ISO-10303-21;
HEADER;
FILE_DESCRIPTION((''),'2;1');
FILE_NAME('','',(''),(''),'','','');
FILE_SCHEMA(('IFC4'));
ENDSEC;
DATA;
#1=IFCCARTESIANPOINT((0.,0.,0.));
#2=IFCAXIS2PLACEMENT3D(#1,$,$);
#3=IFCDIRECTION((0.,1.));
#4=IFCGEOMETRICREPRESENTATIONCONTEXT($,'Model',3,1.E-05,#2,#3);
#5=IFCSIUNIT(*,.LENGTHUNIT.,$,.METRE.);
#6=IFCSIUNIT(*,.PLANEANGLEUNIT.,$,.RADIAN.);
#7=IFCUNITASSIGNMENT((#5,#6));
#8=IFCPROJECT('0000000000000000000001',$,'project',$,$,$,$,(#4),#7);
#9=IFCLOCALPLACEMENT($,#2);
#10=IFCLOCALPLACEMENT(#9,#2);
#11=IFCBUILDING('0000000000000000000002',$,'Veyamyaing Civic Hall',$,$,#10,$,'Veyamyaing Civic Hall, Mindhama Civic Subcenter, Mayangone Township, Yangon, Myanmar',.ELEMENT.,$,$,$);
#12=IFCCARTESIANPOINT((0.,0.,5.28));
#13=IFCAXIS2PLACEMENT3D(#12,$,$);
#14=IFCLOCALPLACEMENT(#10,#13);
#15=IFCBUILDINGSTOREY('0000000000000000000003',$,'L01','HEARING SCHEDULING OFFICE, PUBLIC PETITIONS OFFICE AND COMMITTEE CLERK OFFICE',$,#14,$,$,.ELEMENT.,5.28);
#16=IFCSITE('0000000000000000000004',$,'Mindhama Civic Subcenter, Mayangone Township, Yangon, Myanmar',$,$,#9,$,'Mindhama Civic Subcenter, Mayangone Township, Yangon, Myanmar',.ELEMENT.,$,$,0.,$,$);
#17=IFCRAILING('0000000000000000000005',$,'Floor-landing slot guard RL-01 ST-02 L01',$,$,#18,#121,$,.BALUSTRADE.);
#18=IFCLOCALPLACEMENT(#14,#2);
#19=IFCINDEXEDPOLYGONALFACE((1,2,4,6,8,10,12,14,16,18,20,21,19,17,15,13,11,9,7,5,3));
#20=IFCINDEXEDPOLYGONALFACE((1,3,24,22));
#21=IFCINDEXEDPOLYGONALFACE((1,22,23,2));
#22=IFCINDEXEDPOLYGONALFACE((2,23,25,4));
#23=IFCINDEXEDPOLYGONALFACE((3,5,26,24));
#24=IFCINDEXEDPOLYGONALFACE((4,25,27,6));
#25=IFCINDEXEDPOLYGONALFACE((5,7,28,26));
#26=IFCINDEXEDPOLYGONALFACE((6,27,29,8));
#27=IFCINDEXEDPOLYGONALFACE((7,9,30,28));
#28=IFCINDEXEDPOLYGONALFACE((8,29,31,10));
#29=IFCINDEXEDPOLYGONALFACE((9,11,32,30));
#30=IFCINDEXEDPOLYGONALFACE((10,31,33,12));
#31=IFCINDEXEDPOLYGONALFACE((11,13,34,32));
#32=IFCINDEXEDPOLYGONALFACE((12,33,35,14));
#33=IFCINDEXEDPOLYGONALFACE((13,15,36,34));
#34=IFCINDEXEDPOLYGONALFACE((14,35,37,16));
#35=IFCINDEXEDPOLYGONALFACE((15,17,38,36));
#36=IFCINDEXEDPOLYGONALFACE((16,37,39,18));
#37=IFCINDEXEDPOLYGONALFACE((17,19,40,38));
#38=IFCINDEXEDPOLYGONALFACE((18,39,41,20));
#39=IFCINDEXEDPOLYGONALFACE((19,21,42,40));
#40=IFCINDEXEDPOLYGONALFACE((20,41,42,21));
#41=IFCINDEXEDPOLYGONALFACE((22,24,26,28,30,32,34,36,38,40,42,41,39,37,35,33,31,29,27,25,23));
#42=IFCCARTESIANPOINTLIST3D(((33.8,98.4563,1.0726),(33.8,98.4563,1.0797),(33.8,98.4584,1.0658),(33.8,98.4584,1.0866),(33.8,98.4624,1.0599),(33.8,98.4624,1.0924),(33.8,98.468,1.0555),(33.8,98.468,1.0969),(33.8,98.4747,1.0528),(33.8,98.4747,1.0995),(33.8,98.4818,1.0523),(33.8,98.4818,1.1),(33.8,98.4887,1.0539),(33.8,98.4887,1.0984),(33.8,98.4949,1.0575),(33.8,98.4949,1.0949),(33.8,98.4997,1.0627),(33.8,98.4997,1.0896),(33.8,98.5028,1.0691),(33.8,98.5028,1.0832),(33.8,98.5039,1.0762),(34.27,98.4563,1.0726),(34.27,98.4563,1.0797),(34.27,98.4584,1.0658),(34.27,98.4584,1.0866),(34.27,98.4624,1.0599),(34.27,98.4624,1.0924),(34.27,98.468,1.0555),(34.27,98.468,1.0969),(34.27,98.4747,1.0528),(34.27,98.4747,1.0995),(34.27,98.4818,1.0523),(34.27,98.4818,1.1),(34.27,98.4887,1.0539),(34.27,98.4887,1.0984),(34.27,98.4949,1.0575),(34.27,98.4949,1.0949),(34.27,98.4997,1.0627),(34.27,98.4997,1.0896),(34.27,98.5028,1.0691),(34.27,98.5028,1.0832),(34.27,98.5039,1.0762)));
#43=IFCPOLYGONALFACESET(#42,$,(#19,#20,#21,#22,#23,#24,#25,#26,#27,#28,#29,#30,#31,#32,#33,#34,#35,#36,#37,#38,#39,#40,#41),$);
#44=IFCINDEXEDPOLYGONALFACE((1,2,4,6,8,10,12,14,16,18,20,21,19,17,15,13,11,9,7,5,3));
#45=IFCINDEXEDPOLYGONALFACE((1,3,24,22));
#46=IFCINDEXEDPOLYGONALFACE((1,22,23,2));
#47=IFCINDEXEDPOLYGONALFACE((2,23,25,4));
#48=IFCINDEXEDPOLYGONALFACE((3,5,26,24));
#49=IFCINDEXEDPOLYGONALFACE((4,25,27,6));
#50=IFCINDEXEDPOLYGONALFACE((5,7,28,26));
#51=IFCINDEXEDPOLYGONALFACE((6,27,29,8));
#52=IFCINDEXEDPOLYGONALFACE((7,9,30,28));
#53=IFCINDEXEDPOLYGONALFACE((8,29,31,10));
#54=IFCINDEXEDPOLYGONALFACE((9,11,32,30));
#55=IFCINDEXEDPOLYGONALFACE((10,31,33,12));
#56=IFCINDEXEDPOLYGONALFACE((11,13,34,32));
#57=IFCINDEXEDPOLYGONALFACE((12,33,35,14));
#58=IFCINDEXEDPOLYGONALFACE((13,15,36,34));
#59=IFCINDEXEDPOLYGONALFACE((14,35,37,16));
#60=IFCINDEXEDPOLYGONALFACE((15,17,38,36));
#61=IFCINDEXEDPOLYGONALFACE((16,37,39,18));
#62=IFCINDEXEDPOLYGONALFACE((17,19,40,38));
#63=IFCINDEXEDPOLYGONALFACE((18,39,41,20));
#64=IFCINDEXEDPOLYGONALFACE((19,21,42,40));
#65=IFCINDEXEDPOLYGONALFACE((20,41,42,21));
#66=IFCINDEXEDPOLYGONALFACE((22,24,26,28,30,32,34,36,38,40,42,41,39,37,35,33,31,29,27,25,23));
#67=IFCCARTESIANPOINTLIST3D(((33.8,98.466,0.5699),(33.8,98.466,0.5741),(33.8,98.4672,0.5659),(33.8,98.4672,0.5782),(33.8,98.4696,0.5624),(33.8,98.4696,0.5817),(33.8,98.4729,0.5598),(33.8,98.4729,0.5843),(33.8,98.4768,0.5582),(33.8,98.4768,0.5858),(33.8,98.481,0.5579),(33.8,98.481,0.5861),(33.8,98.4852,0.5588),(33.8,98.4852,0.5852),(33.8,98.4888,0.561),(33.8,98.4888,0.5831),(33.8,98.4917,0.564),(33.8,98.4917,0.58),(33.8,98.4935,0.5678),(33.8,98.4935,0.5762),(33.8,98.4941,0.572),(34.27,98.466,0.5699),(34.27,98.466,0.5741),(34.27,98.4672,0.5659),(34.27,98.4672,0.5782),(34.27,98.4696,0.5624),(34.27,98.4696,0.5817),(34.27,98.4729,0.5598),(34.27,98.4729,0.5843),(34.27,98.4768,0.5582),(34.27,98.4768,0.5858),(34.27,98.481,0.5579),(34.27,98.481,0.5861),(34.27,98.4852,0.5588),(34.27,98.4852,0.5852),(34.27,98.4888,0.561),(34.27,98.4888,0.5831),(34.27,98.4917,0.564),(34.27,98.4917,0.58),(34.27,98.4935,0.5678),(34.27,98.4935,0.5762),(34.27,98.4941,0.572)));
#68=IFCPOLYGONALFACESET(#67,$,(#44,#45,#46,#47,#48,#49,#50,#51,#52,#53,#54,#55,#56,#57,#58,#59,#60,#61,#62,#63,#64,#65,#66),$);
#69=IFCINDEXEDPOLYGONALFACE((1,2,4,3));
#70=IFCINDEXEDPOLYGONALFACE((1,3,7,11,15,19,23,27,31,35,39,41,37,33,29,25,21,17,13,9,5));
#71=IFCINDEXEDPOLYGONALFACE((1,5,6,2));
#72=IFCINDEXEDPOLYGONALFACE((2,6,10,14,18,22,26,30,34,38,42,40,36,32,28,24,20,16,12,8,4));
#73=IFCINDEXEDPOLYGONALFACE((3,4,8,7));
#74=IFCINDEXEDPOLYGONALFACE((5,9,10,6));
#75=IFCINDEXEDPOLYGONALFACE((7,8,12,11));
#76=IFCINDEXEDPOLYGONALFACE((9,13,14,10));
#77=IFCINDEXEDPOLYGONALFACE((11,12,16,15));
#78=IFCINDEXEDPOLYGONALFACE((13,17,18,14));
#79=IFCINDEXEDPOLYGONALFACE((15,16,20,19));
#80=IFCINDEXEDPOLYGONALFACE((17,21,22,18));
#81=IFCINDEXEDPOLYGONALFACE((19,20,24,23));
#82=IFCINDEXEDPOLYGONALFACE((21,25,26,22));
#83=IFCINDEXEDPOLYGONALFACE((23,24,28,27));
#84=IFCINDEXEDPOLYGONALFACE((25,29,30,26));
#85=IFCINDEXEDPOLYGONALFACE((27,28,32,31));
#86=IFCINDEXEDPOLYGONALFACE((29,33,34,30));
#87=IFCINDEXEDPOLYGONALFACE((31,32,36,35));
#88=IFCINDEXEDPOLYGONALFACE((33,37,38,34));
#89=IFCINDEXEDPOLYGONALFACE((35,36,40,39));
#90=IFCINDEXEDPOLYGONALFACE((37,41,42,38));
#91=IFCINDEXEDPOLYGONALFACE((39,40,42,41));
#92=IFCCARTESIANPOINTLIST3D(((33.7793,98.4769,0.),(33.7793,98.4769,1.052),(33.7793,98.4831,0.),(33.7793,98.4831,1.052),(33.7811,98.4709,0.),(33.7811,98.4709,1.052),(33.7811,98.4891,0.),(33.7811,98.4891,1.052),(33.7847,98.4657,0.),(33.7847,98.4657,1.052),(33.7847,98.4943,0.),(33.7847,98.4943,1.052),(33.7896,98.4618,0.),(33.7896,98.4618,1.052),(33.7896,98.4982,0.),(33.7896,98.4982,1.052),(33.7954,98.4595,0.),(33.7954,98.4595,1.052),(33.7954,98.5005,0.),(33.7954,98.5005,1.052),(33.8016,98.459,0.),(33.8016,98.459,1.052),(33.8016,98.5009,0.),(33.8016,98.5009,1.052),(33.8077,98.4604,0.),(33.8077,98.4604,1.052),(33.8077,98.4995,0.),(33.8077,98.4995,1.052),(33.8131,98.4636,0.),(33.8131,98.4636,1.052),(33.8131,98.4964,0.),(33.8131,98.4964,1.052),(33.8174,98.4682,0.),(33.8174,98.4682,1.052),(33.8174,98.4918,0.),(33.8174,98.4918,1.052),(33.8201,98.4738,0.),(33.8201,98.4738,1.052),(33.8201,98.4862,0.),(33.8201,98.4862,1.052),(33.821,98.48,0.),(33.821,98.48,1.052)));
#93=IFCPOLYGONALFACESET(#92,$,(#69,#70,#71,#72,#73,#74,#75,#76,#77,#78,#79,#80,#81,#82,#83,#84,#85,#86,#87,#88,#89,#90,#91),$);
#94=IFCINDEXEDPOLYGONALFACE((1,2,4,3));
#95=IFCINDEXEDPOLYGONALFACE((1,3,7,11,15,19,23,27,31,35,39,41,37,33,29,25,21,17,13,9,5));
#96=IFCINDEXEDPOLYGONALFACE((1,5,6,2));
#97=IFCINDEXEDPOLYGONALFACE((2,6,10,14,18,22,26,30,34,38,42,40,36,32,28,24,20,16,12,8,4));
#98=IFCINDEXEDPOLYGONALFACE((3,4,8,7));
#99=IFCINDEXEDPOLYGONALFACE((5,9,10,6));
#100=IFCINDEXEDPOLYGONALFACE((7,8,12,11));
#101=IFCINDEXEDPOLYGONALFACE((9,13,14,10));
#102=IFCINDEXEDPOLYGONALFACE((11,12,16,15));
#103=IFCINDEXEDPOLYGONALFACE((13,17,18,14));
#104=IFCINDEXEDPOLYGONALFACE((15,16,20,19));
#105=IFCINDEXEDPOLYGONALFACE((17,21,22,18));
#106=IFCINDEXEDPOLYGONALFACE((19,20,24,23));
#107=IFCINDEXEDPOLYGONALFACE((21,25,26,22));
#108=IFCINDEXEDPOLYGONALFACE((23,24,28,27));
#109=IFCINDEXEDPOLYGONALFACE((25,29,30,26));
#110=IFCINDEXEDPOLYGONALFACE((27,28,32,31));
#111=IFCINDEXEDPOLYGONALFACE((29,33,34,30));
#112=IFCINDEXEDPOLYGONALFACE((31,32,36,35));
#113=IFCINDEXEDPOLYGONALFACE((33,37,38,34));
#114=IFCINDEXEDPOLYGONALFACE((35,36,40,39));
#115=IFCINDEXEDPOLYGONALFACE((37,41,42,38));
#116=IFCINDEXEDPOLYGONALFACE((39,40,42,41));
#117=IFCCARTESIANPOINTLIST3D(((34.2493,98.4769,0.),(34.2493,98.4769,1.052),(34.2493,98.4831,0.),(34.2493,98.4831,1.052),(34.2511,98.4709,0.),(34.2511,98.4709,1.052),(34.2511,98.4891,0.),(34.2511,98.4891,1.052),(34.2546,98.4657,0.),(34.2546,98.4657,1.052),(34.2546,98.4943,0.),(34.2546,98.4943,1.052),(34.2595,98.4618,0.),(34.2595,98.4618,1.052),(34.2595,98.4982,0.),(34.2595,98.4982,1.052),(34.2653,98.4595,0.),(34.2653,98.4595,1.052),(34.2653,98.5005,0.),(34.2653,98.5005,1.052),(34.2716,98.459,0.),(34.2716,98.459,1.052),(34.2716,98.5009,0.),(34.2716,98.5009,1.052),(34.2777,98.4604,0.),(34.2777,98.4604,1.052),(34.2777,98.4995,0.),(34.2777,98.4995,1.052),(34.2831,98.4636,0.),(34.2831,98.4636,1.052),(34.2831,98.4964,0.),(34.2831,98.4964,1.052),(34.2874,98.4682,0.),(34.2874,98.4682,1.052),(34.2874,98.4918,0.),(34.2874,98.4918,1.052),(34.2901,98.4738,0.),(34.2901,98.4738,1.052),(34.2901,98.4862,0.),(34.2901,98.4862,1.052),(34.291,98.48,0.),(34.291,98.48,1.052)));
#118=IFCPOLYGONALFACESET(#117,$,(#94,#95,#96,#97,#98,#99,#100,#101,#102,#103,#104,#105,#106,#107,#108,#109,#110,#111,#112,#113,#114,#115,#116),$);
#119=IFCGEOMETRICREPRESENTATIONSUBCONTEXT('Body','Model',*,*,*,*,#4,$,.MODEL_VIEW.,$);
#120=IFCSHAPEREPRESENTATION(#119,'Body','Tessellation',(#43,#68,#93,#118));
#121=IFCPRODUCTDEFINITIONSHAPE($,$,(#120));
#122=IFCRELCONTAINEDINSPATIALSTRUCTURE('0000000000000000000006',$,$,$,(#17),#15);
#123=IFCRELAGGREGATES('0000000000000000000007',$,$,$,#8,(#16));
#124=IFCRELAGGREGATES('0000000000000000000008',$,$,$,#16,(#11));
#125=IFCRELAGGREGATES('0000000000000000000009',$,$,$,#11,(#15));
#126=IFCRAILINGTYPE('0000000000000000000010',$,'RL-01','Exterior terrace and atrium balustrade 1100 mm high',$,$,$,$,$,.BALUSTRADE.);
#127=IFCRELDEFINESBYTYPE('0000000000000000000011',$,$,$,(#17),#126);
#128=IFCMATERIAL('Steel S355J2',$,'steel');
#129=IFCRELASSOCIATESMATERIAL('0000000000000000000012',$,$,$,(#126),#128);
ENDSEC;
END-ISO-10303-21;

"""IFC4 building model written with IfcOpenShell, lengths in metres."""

from ifc_helpers import new_model, si_unit, direction, frame, origin, origin_2d, place, context, subcontext, project, spatial, circle, extrude, material, type_object, element, save


model = new_model("IFC4")

# Units and contexts
model_context = context("Model", 3, precision=1e-05, world=origin(), true_north=direction((0.0, 1.0)))
body_context = subcontext(model_context, "Body", "Model", "MODEL_VIEW")
ifc_project = project(units=[si_unit("LENGTHUNIT", "METRE"), si_unit("PLANEANGLEUNIT", "RADIAN")], contexts=[model_context])

# Site, building, storey
site_placement = place(None, origin())
site = spatial("IfcSite", under=ifc_project, at=site_placement, Name="Mindhama Civic Subcenter, Mayangone Township, Yangon, Myanmar", LongName="Mindhama Civic Subcenter, Mayangone Township, Yangon, Myanmar", CompositionType="ELEMENT", RefElevation=0.0)
building_placement = place(site_placement, origin())
building = spatial("IfcBuilding", under=site, at=building_placement, Name="Veyamyaing Civic Hall", LongName="Veyamyaing Civic Hall, Mindhama Civic Subcenter, Mayangone Township, Yangon, Myanmar", CompositionType="ELEMENT")
storey_placement = place(building_placement, frame((0.0, 0.0, 5.28)))
storey = spatial("IfcBuildingStorey", under=building, at=storey_placement, Name="L01", Description="HEARING SCHEDULING OFFICE, PUBLIC PETITIONS OFFICE AND COMMITTEE CLERK OFFICE", CompositionType="ELEMENT", Elevation=5.28)

# Railing
ifc_material_1 = material(Name="Steel S355J2", Category="steel")
railing_type_1 = type_object("IfcRailingType", Name="RL-01", Description="Exterior terrace and atrium balustrade 1100 mm high", PredefinedType="BALUSTRADE", material=ifc_material_1)
railing_1_placement = place(storey_placement, frame((33.8, 98.48, 0.0)))
element("IfcRailing", 1, at=railing_1_placement, inside=storey, type_object=railing_type_1, Name="Floor-landing slot guard RL-01 ST-02 L01", PredefinedType="BALUSTRADE", context=body_context, shape_type="SweptSolid", body=[
    extrude(circle(Radius=0.0239, at=origin_2d()), frame((0.0, 0.0, 1.0762), z_axis=(1.0, 0.0, 0.0), x_axis=(0.0, 1.0, 0.0)), (0.0, 0.0, 1.0), 0.47),
    extrude(circle(Radius=0.0142, at=origin_2d()), frame((0.0, 0.0, 0.572), z_axis=(1.0, 0.0, 0.0), x_axis=(0.0, 1.0, 0.0)), (0.0, 0.0, 1.0), 0.47),
    extrude(circle(Radius=0.021, at=origin_2d()), origin(), (0.0, 0.0, 1.0), 1.052),
    extrude(circle(Radius=0.021, at=origin_2d()), frame((0.47, 0.0, 0.0)), (0.0, 0.0, 1.0), 1.052),
])

save(model, "model.ifc")
